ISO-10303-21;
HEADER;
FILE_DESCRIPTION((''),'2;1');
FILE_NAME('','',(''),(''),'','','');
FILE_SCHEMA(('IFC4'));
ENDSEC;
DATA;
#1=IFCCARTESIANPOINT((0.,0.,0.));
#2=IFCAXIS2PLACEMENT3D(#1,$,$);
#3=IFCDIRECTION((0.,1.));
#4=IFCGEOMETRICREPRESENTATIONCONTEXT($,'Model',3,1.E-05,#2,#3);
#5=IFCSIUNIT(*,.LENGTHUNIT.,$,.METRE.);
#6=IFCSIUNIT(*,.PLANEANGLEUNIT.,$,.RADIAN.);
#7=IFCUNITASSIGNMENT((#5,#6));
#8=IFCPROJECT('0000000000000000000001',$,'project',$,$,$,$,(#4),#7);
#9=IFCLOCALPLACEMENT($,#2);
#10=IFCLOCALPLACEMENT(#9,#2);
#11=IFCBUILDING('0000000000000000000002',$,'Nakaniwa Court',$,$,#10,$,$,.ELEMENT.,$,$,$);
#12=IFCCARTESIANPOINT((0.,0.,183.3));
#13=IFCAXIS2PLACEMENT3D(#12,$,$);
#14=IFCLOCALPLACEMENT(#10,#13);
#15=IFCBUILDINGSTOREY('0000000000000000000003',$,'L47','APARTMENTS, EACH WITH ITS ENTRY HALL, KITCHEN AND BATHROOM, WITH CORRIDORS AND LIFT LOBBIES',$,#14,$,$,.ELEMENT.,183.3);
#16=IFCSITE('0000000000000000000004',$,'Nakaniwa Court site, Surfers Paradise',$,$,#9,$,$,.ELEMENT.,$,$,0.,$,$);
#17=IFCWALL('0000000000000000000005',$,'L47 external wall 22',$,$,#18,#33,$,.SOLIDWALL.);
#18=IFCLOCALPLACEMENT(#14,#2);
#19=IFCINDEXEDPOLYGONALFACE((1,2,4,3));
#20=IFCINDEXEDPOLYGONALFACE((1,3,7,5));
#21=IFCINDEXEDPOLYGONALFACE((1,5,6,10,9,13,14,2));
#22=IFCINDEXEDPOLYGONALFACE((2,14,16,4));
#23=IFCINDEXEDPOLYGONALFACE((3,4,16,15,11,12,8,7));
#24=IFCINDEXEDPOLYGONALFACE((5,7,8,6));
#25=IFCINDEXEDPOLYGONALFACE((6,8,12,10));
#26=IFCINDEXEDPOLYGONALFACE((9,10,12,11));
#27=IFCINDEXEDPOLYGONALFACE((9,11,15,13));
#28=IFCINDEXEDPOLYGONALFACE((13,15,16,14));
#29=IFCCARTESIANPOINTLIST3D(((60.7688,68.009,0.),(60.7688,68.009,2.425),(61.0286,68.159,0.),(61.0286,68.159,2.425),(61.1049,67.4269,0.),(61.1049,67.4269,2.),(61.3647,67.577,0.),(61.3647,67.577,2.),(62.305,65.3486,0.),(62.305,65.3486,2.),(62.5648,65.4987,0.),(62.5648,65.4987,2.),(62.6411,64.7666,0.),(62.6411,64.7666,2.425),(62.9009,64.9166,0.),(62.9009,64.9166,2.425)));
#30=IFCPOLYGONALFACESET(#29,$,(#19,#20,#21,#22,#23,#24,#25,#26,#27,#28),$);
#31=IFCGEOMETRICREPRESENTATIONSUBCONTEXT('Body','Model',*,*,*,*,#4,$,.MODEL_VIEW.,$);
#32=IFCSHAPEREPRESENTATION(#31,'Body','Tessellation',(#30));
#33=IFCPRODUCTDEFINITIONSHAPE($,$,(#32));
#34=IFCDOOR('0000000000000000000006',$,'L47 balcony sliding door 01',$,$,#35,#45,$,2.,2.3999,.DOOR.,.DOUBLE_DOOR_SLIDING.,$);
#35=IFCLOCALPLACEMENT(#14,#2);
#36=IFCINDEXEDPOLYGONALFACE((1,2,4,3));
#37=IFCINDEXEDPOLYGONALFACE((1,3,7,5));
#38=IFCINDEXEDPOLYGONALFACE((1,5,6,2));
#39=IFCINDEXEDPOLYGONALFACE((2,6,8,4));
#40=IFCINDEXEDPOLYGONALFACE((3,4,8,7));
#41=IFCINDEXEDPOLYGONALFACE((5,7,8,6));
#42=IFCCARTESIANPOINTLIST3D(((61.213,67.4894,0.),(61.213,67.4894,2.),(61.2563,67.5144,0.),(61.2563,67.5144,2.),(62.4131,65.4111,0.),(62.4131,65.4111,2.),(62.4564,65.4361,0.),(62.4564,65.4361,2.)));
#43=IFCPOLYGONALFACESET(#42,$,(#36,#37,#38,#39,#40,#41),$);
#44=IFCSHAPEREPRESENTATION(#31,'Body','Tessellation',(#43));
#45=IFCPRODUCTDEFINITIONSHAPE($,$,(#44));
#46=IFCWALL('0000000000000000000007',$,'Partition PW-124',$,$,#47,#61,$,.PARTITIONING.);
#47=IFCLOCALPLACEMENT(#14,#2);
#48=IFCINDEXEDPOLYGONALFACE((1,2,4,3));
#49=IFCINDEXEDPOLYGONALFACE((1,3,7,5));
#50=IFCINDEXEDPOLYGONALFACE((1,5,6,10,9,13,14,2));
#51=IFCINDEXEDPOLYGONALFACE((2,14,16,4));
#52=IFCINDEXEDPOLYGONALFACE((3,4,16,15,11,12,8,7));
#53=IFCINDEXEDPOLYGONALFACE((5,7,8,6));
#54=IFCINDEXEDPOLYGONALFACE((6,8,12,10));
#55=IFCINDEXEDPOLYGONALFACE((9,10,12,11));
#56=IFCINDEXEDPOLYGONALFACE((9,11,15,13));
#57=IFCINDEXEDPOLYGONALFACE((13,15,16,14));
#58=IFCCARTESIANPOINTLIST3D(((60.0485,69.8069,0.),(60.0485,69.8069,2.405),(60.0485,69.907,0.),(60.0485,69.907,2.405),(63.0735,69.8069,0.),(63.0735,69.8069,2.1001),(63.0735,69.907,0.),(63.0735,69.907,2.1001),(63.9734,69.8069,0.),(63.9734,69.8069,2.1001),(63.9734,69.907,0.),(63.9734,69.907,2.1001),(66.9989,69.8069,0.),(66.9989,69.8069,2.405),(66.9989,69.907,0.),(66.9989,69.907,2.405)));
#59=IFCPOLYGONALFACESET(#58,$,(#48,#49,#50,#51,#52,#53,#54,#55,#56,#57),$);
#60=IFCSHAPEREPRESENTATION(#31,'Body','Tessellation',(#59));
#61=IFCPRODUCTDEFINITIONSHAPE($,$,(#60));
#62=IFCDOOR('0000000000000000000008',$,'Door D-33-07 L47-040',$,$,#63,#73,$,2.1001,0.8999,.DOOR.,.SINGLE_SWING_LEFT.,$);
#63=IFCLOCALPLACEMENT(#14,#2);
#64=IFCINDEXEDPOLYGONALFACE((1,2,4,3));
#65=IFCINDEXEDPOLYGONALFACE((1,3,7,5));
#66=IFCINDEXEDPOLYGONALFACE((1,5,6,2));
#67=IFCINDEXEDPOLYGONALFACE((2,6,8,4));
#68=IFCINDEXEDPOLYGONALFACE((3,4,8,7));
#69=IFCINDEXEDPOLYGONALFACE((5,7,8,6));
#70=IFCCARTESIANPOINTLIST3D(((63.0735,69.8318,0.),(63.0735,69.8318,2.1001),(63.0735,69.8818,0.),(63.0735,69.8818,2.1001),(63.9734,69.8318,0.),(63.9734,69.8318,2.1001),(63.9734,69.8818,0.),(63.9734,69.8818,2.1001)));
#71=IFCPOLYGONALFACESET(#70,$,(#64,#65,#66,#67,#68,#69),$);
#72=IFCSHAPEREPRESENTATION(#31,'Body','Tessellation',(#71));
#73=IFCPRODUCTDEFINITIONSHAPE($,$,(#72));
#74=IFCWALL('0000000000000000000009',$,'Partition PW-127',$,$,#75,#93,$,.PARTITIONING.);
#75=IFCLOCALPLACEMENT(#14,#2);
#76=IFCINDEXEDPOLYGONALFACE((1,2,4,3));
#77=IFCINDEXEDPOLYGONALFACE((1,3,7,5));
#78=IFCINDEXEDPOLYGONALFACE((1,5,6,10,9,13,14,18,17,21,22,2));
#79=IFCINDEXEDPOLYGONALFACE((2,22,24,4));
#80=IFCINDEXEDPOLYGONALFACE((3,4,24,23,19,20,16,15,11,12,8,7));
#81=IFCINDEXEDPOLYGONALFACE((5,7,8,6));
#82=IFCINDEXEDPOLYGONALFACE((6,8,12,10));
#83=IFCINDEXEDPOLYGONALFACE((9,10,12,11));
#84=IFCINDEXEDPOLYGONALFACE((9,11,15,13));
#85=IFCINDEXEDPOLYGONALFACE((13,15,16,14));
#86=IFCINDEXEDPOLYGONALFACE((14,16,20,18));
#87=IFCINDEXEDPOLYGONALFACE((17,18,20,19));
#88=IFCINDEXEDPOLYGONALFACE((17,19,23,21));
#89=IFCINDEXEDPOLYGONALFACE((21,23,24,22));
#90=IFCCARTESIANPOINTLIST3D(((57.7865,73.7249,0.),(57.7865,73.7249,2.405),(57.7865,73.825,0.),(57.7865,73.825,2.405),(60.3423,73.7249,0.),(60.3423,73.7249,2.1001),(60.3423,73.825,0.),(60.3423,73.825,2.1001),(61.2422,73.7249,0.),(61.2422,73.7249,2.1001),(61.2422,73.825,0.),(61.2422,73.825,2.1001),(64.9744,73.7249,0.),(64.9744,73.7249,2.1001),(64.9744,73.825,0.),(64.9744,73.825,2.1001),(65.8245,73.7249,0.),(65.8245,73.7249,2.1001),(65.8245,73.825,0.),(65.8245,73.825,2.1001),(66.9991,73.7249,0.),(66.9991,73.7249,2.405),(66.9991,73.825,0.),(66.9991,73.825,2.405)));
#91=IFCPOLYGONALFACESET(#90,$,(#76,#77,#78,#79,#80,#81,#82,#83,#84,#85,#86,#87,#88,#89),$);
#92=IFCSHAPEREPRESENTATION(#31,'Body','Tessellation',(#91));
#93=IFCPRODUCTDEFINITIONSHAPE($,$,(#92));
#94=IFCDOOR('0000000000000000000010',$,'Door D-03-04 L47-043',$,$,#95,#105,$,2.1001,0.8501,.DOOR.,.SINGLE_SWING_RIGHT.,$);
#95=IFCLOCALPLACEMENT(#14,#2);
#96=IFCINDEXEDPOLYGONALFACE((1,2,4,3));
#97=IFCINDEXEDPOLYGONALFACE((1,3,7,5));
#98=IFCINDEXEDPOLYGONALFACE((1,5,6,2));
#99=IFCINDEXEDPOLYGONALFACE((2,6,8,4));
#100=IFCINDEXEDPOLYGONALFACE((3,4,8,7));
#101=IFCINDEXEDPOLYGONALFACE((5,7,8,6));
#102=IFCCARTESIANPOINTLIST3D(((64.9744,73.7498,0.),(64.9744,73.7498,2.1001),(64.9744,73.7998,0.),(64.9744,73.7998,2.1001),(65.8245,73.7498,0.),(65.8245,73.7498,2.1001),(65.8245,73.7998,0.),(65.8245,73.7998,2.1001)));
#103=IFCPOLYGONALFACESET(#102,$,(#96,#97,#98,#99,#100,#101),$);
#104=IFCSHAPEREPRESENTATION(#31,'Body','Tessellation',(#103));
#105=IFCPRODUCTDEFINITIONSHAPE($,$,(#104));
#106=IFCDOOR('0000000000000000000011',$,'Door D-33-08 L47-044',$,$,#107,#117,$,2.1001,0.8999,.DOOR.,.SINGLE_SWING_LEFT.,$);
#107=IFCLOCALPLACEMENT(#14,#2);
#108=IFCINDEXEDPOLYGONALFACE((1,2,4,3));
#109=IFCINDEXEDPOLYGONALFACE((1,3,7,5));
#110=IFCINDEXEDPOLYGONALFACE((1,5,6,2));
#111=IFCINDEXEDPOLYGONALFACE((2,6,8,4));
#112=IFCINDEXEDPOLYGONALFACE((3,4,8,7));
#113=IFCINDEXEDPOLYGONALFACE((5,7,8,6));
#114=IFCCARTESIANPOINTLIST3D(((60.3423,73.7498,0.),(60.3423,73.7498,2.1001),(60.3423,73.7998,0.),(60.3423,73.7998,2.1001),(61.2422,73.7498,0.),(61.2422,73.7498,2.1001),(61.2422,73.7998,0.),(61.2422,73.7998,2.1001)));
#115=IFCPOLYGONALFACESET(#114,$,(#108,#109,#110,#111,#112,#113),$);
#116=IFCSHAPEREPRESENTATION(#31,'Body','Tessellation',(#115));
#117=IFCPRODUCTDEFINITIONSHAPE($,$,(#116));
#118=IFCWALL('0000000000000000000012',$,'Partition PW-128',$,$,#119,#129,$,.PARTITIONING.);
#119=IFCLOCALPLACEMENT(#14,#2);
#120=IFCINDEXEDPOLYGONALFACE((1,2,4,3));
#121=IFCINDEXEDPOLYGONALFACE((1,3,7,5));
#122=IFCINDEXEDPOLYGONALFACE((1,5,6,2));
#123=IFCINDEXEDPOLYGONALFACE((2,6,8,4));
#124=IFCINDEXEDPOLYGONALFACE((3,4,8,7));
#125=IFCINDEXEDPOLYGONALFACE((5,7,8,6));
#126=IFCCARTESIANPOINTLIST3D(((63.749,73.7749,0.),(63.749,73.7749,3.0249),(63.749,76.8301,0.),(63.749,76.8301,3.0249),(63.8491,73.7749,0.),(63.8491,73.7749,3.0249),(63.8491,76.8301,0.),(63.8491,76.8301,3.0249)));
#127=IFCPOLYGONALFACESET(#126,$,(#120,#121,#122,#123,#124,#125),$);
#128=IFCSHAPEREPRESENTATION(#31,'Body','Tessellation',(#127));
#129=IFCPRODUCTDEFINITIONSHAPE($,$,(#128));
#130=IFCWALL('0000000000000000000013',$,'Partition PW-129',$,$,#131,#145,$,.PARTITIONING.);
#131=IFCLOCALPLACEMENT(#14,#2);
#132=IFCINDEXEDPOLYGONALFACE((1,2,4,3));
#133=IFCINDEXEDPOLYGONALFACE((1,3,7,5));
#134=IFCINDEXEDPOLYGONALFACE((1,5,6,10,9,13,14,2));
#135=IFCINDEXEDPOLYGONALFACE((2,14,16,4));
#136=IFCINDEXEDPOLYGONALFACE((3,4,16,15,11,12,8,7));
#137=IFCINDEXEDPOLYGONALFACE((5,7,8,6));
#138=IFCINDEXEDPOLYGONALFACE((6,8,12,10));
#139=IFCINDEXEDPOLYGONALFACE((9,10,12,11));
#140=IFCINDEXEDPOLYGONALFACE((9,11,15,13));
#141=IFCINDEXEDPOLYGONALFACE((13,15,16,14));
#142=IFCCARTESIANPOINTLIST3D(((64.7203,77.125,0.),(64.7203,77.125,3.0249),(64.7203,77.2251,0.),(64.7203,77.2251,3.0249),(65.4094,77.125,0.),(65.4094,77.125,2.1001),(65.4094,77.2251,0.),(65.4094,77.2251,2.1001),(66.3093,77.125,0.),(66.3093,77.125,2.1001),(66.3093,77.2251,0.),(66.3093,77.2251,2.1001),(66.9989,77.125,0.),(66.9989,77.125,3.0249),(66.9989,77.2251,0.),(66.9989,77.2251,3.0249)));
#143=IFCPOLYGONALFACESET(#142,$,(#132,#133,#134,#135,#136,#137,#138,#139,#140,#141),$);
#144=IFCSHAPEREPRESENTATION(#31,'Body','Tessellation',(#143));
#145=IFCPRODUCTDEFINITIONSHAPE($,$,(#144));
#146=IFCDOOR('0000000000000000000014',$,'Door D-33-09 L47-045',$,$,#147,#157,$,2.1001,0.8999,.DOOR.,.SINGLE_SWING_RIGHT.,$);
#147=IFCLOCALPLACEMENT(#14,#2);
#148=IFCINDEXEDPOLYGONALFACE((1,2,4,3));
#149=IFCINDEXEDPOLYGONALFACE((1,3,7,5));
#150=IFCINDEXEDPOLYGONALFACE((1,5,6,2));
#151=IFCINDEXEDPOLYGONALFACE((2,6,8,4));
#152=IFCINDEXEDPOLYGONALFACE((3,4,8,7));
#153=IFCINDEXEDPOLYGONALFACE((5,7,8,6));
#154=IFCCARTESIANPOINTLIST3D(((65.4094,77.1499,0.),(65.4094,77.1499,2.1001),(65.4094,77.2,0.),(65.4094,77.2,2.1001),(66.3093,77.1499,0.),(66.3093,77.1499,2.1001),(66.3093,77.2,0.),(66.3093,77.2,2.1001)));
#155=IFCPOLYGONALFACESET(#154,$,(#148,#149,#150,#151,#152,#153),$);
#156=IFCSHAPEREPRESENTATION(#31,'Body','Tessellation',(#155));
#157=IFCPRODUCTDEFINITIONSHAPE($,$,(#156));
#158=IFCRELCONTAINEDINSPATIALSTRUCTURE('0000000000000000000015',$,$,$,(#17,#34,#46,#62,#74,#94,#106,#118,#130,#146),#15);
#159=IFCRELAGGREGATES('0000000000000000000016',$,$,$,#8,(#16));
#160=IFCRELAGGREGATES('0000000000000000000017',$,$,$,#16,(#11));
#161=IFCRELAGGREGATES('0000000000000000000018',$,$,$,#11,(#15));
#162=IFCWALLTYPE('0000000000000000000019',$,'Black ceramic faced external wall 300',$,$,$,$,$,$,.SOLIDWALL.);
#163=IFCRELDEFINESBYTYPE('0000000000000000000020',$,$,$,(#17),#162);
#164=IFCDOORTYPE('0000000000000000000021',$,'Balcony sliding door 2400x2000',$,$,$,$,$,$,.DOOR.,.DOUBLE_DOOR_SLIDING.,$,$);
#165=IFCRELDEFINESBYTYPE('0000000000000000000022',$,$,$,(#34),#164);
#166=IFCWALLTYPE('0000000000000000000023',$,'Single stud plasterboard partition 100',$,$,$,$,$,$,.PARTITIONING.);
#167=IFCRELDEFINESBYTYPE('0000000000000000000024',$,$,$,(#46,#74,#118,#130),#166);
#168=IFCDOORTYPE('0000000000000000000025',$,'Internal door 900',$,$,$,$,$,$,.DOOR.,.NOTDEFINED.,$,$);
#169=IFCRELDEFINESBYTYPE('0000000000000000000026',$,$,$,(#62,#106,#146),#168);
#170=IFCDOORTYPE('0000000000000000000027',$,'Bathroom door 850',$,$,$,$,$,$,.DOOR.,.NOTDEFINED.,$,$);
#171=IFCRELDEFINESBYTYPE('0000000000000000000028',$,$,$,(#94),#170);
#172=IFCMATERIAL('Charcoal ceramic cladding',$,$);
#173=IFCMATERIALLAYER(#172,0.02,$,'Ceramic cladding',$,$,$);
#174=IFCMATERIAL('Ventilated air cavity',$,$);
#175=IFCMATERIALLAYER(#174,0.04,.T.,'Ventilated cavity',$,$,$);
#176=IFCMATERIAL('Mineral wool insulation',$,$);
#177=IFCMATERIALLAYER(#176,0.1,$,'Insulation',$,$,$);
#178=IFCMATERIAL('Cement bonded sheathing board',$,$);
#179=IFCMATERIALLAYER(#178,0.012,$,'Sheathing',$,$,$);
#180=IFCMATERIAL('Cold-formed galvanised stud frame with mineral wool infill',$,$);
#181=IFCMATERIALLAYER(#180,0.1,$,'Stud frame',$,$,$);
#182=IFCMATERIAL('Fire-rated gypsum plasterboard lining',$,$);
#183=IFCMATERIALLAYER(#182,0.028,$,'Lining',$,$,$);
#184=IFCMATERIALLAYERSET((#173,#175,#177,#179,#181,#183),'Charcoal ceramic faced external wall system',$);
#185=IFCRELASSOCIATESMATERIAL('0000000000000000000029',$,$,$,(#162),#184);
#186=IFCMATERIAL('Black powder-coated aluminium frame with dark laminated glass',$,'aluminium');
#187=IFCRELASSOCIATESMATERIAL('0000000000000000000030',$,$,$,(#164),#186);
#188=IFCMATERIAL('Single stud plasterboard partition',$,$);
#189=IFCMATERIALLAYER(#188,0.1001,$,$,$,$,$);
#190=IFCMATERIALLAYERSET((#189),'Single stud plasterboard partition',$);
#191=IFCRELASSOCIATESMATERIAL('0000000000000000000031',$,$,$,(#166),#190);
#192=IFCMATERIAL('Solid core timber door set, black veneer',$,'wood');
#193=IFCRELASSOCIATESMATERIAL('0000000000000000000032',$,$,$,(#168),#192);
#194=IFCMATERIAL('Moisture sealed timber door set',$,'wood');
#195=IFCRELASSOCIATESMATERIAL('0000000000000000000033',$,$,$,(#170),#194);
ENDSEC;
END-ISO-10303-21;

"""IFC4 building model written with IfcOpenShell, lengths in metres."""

from ifc_helpers import new_model, si_unit, direction, frame, frame_2d, origin, place, context, subcontext, project, spatial, rectangle, extrude, material, layer, layer_set, type_object, element, fill, save


model = new_model("IFC4")

# Units and contexts
model_context = context("Model", 3, precision=1e-05, world=origin(), true_north=direction((0.0, 1.0)))
body_context = subcontext(model_context, "Body", "Model", "MODEL_VIEW")
ifc_project = project(units=[si_unit("LENGTHUNIT", "METRE"), si_unit("PLANEANGLEUNIT", "RADIAN")], contexts=[model_context])

# Site, building, storey
site_placement = place(None, origin())
site = spatial("IfcSite", under=ifc_project, at=site_placement, Name="Nakaniwa Court site, Surfers Paradise", CompositionType="ELEMENT", RefElevation=0.0)
building_placement = place(site_placement, origin())
building = spatial("IfcBuilding", under=site, at=building_placement, Name="Nakaniwa Court", CompositionType="ELEMENT")
storey_placement = place(building_placement, frame((0.0, 0.0, 183.3)))
storey = spatial("IfcBuildingStorey", under=building, at=storey_placement, Name="L47", Description="APARTMENTS, EACH WITH ITS ENTRY HALL, KITCHEN AND BATHROOM, WITH CORRIDORS AND LIFT LOBBIES", CompositionType="ELEMENT", Elevation=183.3)

# Shared definitions
ifc_material_1 = material(Name="Solid core timber door set, black veneer", Category="wood")

# Shared definitions
ifc_material_2 = material(Name="Charcoal ceramic cladding")
ifc_layer_1 = layer(ifc_material_2, 0.02, Name="Ceramic cladding")
ifc_material_3 = material(Name="Ventilated air cavity")
ifc_layer_2 = layer(ifc_material_3, 0.04, ventilated=True, Name="Ventilated cavity")
ifc_material_4 = material(Name="Mineral wool insulation")
ifc_layer_3 = layer(ifc_material_4, 0.1, Name="Insulation")
ifc_material_5 = material(Name="Cement bonded sheathing board")
ifc_layer_4 = layer(ifc_material_5, 0.012, Name="Sheathing")
ifc_material_6 = material(Name="Cold-formed galvanised stud frame with mineral wool infill")
ifc_layer_5 = layer(ifc_material_6, 0.1, Name="Stud frame")
ifc_material_7 = material(Name="Fire-rated gypsum plasterboard lining")
ifc_layer_6 = layer(ifc_material_7, 0.028, Name="Lining")
ifc_layer_set_1 = layer_set([ifc_layer_1, ifc_layer_2, ifc_layer_3, ifc_layer_4, ifc_layer_5, ifc_layer_6], Name="Charcoal ceramic faced external wall system")
wall_type_1 = type_object("IfcWallType", Name="Black ceramic faced external wall 300", PredefinedType="SOLIDWALL", material=ifc_layer_set_1)

# Walls, openings, doors
wall_1_placement = place(storey_placement, frame((60.8987, 68.084, 0.0), z_axis=(0.0, 0.0, 1.0), x_axis=(0.500059, -0.865991, 0.0)))
wall_1 = element("IfcWall", 1, at=wall_1_placement, inside=storey, type_object=wall_type_1, Name="L47 external wall 22", PredefinedType="SOLIDWALL", context=body_context, shape_type="SweptSolid", body=[
    extrude(rectangle(XDim=3.7441, YDim=0.3, at=frame_2d((1.8721, 0.0))), origin(), (0.0, 0.0, 1.0), 2.425),
])
opening_1_placement = place(wall_1_placement, frame((0.6721, 0.0, 0.0)))
opening_1 = element("IfcOpeningElement", 2, at=opening_1_placement, cuts=wall_1, PredefinedType="OPENING", context=body_context, shape_type="SweptSolid", body=[
    extrude(rectangle(XDim=2.3999, YDim=2.0, at=frame_2d((1.2, 1.0))), frame((0.0, 0.1599, 0.0), z_axis=(0.0, -1.0, 0.0), x_axis=(1.0, 0.0, 0.0)), (0.0, 0.0, 1.0), 0.3201),
])
ifc_material_8 = material(Name="Black powder-coated aluminium frame with dark laminated glass", Category="aluminium")
door_type_1 = type_object("IfcDoorType", Name="Balcony sliding door 2400x2000", OperationType="DOUBLE_DOOR_SLIDING", PredefinedType="DOOR", material=ifc_material_8)
door_1_placement = place(opening_1_placement, origin())
door_1 = element("IfcDoor", 3, at=door_1_placement, inside=storey, type_object=door_type_1, Name="L47 balcony sliding door 01", OperationType="DOUBLE_DOOR_SLIDING", OverallHeight=2.0, OverallWidth=2.3999, PredefinedType="DOOR", context=body_context, shape_type="SweptSolid", body=[
    extrude(rectangle(XDim=2.3999, YDim=2.0, at=frame_2d((1.2, 1.0))), frame((0.0, 0.0249, 0.0), z_axis=(0.0, -1.0, 0.0), x_axis=(1.0, 0.0, 0.0)), (0.0, 0.0, 1.0), 0.05),
])
fill(opening_1, door_1)
ifc_material_9 = material(Name="Single stud plasterboard partition")
ifc_layer_7 = layer(ifc_material_9, 0.1001)
ifc_layer_set_2 = layer_set([ifc_layer_7], Name="Single stud plasterboard partition")
wall_type_2 = type_object("IfcWallType", Name="Single stud plasterboard partition 100", PredefinedType="PARTITIONING", material=ifc_layer_set_2)
wall_2_placement = place(storey_placement, frame((60.0486, 69.8569, 0.0), z_axis=(0.0, 0.0, 1.0), x_axis=(1.0, 0.0, 0.0)))
wall_2 = element("IfcWall", 4, at=wall_2_placement, inside=storey, type_object=wall_type_2, Name="Partition PW-124", PredefinedType="PARTITIONING", context=body_context, shape_type="SweptSolid", body=[
    extrude(rectangle(XDim=6.9504, YDim=0.1001, at=frame_2d((3.4751, 0.0))), origin(), (0.0, 0.0, 1.0), 2.405),
])
opening_2_placement = place(wall_2_placement, frame((3.0249, 0.0, 0.0)))
opening_2 = element("IfcOpeningElement", 5, at=opening_2_placement, cuts=wall_2, PredefinedType="OPENING", context=body_context, shape_type="SweptSolid", body=[
    extrude(rectangle(XDim=0.8999, YDim=2.1001, at=frame_2d((0.45, 1.05))), frame((0.0, 0.0601, 0.0), z_axis=(0.0, -1.0, 0.0), x_axis=(1.0, 0.0, 0.0)), (0.0, 0.0, 1.0), 0.1201),
])
door_type_2 = type_object("IfcDoorType", Name="Internal door 900", OperationType="NOTDEFINED", PredefinedType="DOOR", material=ifc_material_1)
door_2_placement = place(opening_2_placement, origin())
door_2 = element("IfcDoor", 6, at=door_2_placement, inside=storey, type_object=door_type_2, Name="Door D-33-07 L47-040", OperationType="SINGLE_SWING_LEFT", OverallHeight=2.1001, OverallWidth=0.8999, PredefinedType="DOOR", context=body_context, shape_type="SweptSolid", body=[
    extrude(rectangle(XDim=0.8999, YDim=2.1001, at=frame_2d((0.45, 1.05))), frame((0.0, 0.0249, 0.0), z_axis=(0.0, -1.0, 0.0), x_axis=(1.0, 0.0, 0.0)), (0.0, 0.0, 1.0), 0.05),
])
fill(opening_2, door_2)

# Wall, openings, doors
wall_3_placement = place(storey_placement, frame((57.7864, 73.7749, 0.0), z_axis=(0.0, 0.0, 1.0), x_axis=(1.0, 0.0, 0.0)))
wall_3 = element("IfcWall", 7, at=wall_3_placement, inside=storey, type_object=wall_type_2, Name="Partition PW-127", PredefinedType="PARTITIONING", context=body_context, shape_type="SweptSolid", body=[
    extrude(rectangle(XDim=9.2126, YDim=0.1001, at=frame_2d((4.6064, 0.0))), origin(), (0.0, 0.0, 1.0), 2.405),
])
opening_3_placement = place(wall_3_placement, frame((7.188, 0.0, 0.0)))
opening_3 = element("IfcOpeningElement", 8, at=opening_3_placement, cuts=wall_3, PredefinedType="OPENING", context=body_context, shape_type="SweptSolid", body=[
    extrude(rectangle(XDim=0.8501, YDim=2.1001, at=frame_2d((0.425, 1.05))), frame((0.0, 0.0601, 0.0), z_axis=(0.0, -1.0, 0.0), x_axis=(1.0, 0.0, 0.0)), (0.0, 0.0, 1.0), 0.1201),
])
opening_4_placement = place(wall_3_placement, frame((2.5559, 0.0, 0.0)))
opening_4 = element("IfcOpeningElement", 9, at=opening_4_placement, cuts=wall_3, PredefinedType="OPENING", context=body_context, shape_type="SweptSolid", body=[
    extrude(rectangle(XDim=0.8999, YDim=2.1001, at=frame_2d((0.45, 1.05))), frame((0.0, 0.0601, 0.0), z_axis=(0.0, -1.0, 0.0), x_axis=(1.0, 0.0, 0.0)), (0.0, 0.0, 1.0), 0.1201),
])
ifc_material_10 = material(Name="Moisture sealed timber door set", Category="wood")
door_type_3 = type_object("IfcDoorType", Name="Bathroom door 850", OperationType="NOTDEFINED", PredefinedType="DOOR", material=ifc_material_10)
door_3_placement = place(opening_3_placement, origin())
door_3 = element("IfcDoor", 10, at=door_3_placement, inside=storey, type_object=door_type_3, Name="Door D-03-04 L47-043", OperationType="SINGLE_SWING_RIGHT", OverallHeight=2.1001, OverallWidth=0.8501, PredefinedType="DOOR", context=body_context, shape_type="SweptSolid", body=[
    extrude(rectangle(XDim=0.8501, YDim=2.1001, at=frame_2d((0.425, 1.05))), frame((0.0, 0.0249, 0.0), z_axis=(0.0, -1.0, 0.0), x_axis=(1.0, 0.0, 0.0)), (0.0, 0.0, 1.0), 0.05),
])
fill(opening_3, door_3)
door_4_placement = place(opening_4_placement, origin())
door_4 = element("IfcDoor", 11, at=door_4_placement, inside=storey, type_object=door_type_2, Name="Door D-33-08 L47-044", OperationType="SINGLE_SWING_LEFT", OverallHeight=2.1001, OverallWidth=0.8999, PredefinedType="DOOR", context=body_context, shape_type="SweptSolid", body=[
    extrude(rectangle(XDim=0.8999, YDim=2.1001, at=frame_2d((0.45, 1.05))), frame((0.0, 0.0249, 0.0), z_axis=(0.0, -1.0, 0.0), x_axis=(1.0, 0.0, 0.0)), (0.0, 0.0, 1.0), 0.05),
])
fill(opening_4, door_4)

# Wall
wall_4_placement = place(storey_placement, frame((63.7991, 73.7749, 0.0), z_axis=(0.0, 0.0, 1.0), x_axis=(0.0, 1.0, 0.0)))
element("IfcWall", 12, at=wall_4_placement, inside=storey, type_object=wall_type_2, Name="Partition PW-128", PredefinedType="PARTITIONING", context=body_context, shape_type="SweptSolid", body=[
    extrude(rectangle(XDim=3.0552, YDim=0.1001, at=frame_2d((1.5276, 0.0))), origin(), (0.0, 0.0, 1.0), 3.0249),
])

# Wall, opening, door
wall_5_placement = place(storey_placement, frame((64.7205, 77.175, 0.0), z_axis=(0.0, 0.0, 1.0), x_axis=(1.0, 0.0, 0.0)))
wall_5 = element("IfcWall", 13, at=wall_5_placement, inside=storey, type_object=wall_type_2, Name="Partition PW-129", PredefinedType="PARTITIONING", context=body_context, shape_type="SweptSolid", body=[
    extrude(rectangle(XDim=2.2786, YDim=0.1001, at=frame_2d((1.1392, 0.0))), origin(), (0.0, 0.0, 1.0), 3.0249),
])
opening_5_placement = place(wall_5_placement, frame((0.689, 0.0, 0.0)))
opening_5 = element("IfcOpeningElement", 14, at=opening_5_placement, cuts=wall_5, PredefinedType="OPENING", context=body_context, shape_type="SweptSolid", body=[
    extrude(rectangle(XDim=0.8999, YDim=2.1001, at=frame_2d((0.45, 1.05))), frame((0.0, 0.0601, 0.0), z_axis=(0.0, -1.0, 0.0), x_axis=(1.0, 0.0, 0.0)), (0.0, 0.0, 1.0), 0.1201),
])
door_5_placement = place(opening_5_placement, origin())
door_5 = element("IfcDoor", 15, at=door_5_placement, inside=storey, type_object=door_type_2, Name="Door D-33-09 L47-045", OperationType="SINGLE_SWING_RIGHT", OverallHeight=2.1001, OverallWidth=0.8999, PredefinedType="DOOR", context=body_context, shape_type="SweptSolid", body=[
    extrude(rectangle(XDim=0.8999, YDim=2.1001, at=frame_2d((0.45, 1.05))), frame((0.0, 0.0249, 0.0), z_axis=(0.0, -1.0, 0.0), x_axis=(1.0, 0.0, 0.0)), (0.0, 0.0, 1.0), 0.05),
])
fill(opening_5, door_5)

save(model, "model.ifc")
